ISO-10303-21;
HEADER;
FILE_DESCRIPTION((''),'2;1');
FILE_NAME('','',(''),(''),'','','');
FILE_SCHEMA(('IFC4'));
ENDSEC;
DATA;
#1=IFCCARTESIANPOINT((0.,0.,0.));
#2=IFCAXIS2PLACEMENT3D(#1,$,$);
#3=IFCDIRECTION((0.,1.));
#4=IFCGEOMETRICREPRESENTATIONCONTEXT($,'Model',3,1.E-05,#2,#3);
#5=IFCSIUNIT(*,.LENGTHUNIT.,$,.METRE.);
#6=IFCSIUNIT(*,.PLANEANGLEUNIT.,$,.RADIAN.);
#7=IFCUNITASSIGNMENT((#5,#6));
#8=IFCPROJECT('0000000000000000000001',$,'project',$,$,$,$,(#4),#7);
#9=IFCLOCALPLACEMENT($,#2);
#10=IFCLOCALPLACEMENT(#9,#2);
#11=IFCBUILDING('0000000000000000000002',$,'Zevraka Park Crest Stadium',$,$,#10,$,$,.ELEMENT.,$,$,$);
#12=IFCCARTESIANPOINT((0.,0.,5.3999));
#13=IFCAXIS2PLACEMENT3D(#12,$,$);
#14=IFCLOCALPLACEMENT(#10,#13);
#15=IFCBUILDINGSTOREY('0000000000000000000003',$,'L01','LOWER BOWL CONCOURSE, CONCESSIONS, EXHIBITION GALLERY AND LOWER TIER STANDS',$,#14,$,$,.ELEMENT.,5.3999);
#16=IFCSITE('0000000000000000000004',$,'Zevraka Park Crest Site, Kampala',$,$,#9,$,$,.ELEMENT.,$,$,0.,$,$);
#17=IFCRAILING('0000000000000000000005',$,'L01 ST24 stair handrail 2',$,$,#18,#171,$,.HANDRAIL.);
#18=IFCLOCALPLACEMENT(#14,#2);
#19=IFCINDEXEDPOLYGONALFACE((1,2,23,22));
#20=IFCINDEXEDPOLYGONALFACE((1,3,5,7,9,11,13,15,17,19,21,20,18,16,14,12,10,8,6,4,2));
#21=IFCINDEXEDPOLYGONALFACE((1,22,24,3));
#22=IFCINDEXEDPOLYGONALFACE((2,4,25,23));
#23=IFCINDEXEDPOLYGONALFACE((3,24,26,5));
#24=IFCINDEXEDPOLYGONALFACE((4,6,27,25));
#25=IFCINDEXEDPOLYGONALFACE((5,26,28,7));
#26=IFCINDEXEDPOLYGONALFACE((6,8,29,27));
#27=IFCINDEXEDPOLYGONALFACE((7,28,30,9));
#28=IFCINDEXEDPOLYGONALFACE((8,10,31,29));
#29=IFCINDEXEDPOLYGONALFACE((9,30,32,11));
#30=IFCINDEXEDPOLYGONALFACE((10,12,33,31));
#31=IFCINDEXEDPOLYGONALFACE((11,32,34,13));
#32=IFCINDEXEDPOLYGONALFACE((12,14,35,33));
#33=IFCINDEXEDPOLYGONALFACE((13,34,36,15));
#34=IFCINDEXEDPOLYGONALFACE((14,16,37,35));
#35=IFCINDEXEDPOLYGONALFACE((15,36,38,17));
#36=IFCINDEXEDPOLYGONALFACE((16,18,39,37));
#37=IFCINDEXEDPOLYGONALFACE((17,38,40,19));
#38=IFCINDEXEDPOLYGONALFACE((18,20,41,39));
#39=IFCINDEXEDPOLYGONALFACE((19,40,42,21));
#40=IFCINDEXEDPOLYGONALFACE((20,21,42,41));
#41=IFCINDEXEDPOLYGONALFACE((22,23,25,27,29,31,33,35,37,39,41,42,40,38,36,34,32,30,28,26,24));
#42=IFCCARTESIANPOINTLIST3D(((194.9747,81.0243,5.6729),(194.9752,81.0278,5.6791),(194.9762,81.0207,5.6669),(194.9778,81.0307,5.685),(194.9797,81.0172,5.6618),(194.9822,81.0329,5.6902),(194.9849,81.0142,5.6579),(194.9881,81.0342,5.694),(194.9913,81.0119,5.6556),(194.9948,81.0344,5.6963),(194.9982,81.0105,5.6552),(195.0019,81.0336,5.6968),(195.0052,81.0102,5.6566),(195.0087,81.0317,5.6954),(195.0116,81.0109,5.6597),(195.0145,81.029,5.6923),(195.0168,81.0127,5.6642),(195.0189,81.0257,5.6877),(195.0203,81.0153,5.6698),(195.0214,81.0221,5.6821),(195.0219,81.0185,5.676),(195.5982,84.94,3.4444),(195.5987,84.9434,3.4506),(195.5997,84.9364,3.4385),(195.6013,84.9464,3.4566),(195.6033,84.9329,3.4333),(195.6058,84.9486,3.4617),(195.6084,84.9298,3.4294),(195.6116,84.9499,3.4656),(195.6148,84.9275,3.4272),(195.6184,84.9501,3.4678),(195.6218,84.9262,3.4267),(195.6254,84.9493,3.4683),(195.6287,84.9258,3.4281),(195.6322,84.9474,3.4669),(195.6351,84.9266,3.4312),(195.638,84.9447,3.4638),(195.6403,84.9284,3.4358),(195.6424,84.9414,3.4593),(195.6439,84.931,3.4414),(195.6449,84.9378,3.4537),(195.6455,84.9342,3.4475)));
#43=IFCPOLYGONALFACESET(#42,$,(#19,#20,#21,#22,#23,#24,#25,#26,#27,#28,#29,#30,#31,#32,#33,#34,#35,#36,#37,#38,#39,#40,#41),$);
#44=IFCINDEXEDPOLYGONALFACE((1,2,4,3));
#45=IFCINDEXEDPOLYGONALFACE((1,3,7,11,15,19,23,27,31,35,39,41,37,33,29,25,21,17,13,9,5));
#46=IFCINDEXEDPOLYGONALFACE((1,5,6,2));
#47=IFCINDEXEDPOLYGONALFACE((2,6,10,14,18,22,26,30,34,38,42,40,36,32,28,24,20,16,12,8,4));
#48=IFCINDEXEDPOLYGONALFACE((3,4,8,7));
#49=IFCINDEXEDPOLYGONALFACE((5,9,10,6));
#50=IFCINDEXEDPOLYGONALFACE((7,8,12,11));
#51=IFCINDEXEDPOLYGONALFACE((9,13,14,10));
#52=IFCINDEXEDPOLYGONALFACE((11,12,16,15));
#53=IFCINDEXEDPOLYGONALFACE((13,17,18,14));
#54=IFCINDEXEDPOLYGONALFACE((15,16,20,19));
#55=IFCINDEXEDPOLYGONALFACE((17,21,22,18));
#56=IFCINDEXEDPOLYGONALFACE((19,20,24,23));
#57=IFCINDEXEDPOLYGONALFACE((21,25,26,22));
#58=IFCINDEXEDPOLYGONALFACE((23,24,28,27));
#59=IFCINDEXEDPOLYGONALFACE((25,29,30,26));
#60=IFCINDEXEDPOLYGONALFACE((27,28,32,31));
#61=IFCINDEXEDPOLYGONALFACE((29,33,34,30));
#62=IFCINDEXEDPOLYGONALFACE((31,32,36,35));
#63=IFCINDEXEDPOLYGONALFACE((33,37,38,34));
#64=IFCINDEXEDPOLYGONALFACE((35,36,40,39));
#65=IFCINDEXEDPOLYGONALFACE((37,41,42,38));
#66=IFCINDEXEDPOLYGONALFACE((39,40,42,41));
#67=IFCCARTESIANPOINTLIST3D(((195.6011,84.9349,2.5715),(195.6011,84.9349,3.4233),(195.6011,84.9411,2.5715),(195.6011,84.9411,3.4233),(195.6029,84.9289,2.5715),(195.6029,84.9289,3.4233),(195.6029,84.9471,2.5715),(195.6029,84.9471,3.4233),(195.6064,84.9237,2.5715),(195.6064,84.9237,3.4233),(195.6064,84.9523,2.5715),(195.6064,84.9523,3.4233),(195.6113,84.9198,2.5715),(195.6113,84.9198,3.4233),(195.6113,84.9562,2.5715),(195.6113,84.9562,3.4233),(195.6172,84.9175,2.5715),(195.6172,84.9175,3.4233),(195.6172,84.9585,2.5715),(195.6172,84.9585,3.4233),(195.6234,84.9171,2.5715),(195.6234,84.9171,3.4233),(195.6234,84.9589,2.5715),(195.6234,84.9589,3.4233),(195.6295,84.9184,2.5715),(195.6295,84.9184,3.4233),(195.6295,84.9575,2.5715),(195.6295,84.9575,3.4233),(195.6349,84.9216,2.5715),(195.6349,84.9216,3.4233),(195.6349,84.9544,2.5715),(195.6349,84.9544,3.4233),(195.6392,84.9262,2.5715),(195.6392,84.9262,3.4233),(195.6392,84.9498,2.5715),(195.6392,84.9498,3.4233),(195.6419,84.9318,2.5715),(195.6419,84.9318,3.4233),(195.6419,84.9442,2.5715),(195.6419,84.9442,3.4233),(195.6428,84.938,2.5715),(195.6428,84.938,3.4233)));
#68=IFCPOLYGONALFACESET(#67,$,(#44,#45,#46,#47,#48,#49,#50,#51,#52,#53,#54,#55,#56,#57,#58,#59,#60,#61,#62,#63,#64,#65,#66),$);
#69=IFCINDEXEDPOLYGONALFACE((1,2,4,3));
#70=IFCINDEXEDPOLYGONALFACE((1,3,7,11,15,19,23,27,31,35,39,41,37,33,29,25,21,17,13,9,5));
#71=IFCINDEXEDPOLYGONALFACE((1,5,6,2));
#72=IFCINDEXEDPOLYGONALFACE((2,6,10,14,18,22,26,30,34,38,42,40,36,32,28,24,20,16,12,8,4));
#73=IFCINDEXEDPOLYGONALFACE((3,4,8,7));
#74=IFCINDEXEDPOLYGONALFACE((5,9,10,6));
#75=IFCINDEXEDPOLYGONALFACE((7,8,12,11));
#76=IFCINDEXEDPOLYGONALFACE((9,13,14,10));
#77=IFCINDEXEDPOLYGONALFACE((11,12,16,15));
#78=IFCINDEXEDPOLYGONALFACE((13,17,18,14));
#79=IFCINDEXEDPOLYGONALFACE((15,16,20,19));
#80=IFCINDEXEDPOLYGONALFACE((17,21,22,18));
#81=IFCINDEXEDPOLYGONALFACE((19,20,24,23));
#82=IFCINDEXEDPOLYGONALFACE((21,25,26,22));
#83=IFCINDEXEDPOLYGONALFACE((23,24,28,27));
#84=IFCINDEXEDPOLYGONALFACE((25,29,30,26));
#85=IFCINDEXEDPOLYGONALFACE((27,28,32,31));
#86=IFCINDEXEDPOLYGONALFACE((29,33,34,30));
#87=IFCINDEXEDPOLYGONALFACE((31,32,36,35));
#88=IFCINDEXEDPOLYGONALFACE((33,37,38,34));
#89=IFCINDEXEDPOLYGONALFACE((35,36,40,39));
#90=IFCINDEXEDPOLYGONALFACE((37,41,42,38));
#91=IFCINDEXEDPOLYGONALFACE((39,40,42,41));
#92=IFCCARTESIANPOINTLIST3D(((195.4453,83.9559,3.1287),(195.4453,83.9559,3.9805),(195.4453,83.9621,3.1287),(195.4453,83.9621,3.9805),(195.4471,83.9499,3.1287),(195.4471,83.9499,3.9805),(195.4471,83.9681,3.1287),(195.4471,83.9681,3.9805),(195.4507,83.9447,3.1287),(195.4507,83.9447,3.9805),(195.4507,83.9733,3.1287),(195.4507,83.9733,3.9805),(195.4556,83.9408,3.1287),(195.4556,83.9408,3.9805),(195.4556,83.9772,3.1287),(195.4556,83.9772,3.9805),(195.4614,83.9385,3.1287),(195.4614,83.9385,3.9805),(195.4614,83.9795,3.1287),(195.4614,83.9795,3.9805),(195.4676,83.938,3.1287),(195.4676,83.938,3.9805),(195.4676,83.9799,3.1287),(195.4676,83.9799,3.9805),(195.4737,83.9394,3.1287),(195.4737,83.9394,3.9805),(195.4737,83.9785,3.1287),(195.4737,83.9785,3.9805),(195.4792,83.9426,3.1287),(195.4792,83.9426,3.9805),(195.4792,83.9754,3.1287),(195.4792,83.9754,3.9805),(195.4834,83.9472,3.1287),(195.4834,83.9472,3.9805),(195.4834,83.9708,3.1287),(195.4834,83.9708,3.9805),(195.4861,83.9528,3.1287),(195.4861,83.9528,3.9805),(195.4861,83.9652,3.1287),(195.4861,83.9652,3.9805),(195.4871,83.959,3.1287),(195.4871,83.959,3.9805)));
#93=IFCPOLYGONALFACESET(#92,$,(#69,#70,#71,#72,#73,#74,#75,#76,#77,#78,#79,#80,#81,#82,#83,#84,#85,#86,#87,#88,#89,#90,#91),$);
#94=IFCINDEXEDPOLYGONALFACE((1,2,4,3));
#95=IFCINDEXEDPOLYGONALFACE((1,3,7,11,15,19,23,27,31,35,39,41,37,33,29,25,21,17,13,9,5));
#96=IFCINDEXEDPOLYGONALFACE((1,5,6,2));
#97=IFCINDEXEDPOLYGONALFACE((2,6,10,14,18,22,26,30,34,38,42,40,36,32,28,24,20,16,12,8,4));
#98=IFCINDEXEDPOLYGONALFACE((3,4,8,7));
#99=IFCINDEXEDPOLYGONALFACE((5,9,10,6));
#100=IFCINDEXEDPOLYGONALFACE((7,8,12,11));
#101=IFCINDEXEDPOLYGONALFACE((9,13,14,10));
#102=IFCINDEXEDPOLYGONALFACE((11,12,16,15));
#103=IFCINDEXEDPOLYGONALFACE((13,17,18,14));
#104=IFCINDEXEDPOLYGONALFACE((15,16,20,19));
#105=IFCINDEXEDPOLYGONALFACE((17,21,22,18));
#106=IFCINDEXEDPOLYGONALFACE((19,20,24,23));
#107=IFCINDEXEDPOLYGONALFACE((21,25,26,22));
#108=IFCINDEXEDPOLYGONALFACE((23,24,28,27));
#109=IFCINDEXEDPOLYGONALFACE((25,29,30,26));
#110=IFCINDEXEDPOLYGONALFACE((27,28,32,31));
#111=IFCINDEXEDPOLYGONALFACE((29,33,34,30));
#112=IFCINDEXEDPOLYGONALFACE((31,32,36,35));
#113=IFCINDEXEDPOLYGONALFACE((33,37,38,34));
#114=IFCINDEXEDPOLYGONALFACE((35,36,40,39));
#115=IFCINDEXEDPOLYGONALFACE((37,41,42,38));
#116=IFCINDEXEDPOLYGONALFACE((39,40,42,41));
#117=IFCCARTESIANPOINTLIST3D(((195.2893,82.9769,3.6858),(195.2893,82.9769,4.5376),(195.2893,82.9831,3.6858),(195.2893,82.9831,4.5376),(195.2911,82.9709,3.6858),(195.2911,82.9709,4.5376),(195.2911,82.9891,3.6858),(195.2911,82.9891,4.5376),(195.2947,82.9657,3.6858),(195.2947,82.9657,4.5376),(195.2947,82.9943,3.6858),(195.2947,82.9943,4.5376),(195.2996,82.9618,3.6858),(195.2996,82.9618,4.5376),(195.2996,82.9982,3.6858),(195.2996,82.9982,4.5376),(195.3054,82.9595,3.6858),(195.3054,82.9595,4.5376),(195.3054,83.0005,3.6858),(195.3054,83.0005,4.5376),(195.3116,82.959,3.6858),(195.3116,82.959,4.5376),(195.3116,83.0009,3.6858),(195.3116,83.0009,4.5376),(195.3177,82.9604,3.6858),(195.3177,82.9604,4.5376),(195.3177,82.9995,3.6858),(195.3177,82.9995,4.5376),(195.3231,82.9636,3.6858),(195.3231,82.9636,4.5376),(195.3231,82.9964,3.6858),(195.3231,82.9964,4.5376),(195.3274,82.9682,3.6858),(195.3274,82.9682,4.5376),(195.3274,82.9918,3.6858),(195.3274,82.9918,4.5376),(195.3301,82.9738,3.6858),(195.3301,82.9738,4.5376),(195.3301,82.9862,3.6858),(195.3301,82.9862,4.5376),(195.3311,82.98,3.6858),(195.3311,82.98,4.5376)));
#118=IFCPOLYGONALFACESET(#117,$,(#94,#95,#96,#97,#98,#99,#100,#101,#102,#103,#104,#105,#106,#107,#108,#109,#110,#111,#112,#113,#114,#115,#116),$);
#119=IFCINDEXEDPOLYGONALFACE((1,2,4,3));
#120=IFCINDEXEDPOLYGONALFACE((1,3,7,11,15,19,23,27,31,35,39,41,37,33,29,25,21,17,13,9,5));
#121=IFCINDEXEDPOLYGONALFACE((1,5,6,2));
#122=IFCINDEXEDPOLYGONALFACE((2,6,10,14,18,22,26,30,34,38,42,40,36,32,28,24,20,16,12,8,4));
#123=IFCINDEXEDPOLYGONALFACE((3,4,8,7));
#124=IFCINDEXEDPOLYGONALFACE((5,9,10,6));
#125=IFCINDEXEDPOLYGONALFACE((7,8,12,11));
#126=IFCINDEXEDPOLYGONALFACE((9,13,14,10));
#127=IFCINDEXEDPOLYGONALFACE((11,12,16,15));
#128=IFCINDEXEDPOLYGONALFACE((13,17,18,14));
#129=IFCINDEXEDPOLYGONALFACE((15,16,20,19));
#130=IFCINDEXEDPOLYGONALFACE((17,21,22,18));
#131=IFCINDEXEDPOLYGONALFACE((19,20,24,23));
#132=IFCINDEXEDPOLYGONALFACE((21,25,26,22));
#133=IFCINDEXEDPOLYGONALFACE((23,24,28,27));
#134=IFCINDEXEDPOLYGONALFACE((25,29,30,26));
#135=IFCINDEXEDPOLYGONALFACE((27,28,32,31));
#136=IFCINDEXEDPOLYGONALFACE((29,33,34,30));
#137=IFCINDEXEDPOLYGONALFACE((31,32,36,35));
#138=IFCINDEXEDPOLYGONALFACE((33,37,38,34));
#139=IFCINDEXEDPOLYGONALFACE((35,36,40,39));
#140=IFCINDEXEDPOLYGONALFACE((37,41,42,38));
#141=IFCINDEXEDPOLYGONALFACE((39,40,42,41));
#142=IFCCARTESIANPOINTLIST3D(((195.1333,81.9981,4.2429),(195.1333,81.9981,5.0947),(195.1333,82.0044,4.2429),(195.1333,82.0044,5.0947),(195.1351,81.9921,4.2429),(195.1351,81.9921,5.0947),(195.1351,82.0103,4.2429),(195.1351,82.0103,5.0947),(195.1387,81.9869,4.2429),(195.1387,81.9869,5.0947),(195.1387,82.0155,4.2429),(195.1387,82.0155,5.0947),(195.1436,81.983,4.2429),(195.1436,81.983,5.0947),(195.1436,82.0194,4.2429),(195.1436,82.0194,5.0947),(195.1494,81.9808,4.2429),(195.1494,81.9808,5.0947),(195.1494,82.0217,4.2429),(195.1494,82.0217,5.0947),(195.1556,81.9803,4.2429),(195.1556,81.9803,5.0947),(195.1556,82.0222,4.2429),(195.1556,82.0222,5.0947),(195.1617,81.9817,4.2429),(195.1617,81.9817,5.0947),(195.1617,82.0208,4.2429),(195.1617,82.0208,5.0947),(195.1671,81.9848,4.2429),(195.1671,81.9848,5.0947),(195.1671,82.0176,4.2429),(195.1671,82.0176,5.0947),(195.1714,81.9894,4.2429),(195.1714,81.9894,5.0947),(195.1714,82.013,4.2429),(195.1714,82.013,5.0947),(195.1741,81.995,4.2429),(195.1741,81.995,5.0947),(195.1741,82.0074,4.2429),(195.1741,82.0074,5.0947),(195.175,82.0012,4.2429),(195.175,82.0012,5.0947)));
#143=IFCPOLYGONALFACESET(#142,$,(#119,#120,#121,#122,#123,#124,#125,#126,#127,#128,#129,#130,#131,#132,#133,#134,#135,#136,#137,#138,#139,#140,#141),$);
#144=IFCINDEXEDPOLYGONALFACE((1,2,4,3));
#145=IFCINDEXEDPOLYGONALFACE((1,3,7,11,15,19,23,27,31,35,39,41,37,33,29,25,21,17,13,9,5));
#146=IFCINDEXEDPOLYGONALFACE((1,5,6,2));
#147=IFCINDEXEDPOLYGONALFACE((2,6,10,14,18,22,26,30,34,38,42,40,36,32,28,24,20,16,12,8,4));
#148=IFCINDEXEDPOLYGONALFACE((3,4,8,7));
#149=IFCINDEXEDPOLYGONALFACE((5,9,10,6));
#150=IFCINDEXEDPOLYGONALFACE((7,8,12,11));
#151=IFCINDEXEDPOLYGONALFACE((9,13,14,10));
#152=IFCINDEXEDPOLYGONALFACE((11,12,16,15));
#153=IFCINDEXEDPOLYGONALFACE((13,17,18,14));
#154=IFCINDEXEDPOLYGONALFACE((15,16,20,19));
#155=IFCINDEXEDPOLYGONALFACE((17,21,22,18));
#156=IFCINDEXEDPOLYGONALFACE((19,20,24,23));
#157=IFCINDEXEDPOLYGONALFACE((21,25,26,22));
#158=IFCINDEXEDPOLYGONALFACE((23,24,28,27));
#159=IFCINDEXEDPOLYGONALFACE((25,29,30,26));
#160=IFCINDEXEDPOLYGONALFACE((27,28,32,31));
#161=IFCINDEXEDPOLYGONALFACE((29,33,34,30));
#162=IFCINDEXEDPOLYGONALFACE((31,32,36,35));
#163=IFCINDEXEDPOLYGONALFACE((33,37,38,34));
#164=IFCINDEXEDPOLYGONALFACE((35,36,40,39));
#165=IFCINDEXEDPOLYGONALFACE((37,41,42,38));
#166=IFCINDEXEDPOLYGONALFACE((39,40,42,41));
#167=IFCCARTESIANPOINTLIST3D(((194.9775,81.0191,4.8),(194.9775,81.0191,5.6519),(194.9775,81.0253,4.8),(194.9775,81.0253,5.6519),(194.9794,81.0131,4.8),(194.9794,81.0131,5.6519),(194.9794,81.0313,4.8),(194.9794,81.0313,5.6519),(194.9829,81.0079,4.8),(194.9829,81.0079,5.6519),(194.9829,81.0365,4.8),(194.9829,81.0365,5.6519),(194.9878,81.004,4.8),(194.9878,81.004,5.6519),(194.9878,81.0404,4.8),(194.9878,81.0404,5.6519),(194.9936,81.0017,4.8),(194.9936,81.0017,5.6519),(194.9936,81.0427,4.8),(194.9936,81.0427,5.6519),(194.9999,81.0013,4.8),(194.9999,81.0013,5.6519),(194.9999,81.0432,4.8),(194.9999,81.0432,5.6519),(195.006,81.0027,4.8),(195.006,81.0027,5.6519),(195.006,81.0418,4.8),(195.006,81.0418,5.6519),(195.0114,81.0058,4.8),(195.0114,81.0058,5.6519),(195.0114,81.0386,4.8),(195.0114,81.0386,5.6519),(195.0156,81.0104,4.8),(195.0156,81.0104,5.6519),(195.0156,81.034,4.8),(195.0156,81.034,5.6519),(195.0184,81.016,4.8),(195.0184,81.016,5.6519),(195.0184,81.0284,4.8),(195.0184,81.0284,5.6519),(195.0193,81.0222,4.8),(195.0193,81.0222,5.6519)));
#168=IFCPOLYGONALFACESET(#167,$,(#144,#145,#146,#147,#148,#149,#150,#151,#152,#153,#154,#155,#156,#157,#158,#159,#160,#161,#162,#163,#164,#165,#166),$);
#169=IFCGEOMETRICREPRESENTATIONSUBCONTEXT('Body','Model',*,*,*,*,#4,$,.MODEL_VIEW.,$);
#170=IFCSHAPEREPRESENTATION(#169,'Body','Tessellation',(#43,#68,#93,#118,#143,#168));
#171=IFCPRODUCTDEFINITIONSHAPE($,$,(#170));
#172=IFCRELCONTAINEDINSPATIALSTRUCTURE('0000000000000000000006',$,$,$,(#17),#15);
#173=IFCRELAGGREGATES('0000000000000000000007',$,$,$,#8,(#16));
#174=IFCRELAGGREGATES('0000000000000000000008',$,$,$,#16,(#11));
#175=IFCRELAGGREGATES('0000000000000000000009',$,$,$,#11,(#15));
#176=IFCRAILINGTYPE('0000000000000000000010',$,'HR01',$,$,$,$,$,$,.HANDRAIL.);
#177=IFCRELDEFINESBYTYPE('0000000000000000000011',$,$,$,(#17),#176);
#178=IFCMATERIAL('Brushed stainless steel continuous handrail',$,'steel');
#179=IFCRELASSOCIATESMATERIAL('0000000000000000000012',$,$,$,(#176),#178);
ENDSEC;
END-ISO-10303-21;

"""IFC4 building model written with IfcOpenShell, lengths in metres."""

from ifc_helpers import new_model, si_unit, direction, frame, origin, origin_2d, place, context, subcontext, project, spatial, circle, extrude, material, type_object, element, save


model = new_model("IFC4")

# Units and contexts
model_context = context("Model", 3, precision=1e-05, world=origin(), true_north=direction((0.0, 1.0)))
body_context = subcontext(model_context, "Body", "Model", "MODEL_VIEW")
ifc_project = project(units=[si_unit("LENGTHUNIT", "METRE"), si_unit("PLANEANGLEUNIT", "RADIAN")], contexts=[model_context])

# Site, building, storey
site_placement = place(None, origin())
site = spatial("IfcSite", under=ifc_project, at=site_placement, Name="Zevraka Park Crest Site, Kampala", CompositionType="ELEMENT", RefElevation=0.0)
building_placement = place(site_placement, origin())
building = spatial("IfcBuilding", under=site, at=building_placement, Name="Zevraka Park Crest Stadium", CompositionType="ELEMENT")
storey_placement = place(building_placement, frame((0.0, 0.0, 5.3999)))
storey = spatial("IfcBuildingStorey", under=building, at=storey_placement, Name="L01", Description="LOWER BOWL CONCOURSE, CONCESSIONS, EXHIBITION GALLERY AND LOWER TIER STANDS", CompositionType="ELEMENT", Elevation=5.3999)

# Railing
ifc_material_1 = material(Name="Brushed stainless steel continuous handrail", Category="steel")
railing_type_1 = type_object("IfcRailingType", Name="HR01", PredefinedType="HANDRAIL", material=ifc_material_1)
railing_1_placement = place(storey_placement, frame((195.6218, 84.938, 2.5715)))
element("IfcRailing", 1, at=railing_1_placement, inside=storey, type_object=railing_type_1, Name="L01 ST24 stair handrail 2", PredefinedType="HANDRAIL", context=body_context, shape_type="SweptSolid", body=[
    extrude(circle(Radius=0.0239, at=origin_2d()), frame((0.0, 0.0, 0.876), z_axis=(-0.137088, -0.860903, 0.489951), x_axis=(0.987558, -0.157256, 0.0)), (0.0, 0.0, 1.0), 4.5483),
    extrude(circle(Radius=0.021, at=origin_2d()), origin(), (0.0, 0.0, 1.0), 0.8518),
    extrude(circle(Radius=0.021, at=origin_2d()), frame((-0.1558, -0.979, 0.5571)), (0.0, 0.0, 1.0), 0.8518),
    extrude(circle(Radius=0.021, at=origin_2d()), frame((-0.3118, -1.958, 1.1143)), (0.0, 0.0, 1.0), 0.8518),
    extrude(circle(Radius=0.021, at=origin_2d()), frame((-0.4678, -2.9368, 1.6714)), (0.0, 0.0, 1.0), 0.8518),
    extrude(circle(Radius=0.021, at=origin_2d()), frame((-0.6235, -3.9158, 2.2285)), (0.0, 0.0, 1.0), 0.8518),
])

save(model, "model.ifc")
